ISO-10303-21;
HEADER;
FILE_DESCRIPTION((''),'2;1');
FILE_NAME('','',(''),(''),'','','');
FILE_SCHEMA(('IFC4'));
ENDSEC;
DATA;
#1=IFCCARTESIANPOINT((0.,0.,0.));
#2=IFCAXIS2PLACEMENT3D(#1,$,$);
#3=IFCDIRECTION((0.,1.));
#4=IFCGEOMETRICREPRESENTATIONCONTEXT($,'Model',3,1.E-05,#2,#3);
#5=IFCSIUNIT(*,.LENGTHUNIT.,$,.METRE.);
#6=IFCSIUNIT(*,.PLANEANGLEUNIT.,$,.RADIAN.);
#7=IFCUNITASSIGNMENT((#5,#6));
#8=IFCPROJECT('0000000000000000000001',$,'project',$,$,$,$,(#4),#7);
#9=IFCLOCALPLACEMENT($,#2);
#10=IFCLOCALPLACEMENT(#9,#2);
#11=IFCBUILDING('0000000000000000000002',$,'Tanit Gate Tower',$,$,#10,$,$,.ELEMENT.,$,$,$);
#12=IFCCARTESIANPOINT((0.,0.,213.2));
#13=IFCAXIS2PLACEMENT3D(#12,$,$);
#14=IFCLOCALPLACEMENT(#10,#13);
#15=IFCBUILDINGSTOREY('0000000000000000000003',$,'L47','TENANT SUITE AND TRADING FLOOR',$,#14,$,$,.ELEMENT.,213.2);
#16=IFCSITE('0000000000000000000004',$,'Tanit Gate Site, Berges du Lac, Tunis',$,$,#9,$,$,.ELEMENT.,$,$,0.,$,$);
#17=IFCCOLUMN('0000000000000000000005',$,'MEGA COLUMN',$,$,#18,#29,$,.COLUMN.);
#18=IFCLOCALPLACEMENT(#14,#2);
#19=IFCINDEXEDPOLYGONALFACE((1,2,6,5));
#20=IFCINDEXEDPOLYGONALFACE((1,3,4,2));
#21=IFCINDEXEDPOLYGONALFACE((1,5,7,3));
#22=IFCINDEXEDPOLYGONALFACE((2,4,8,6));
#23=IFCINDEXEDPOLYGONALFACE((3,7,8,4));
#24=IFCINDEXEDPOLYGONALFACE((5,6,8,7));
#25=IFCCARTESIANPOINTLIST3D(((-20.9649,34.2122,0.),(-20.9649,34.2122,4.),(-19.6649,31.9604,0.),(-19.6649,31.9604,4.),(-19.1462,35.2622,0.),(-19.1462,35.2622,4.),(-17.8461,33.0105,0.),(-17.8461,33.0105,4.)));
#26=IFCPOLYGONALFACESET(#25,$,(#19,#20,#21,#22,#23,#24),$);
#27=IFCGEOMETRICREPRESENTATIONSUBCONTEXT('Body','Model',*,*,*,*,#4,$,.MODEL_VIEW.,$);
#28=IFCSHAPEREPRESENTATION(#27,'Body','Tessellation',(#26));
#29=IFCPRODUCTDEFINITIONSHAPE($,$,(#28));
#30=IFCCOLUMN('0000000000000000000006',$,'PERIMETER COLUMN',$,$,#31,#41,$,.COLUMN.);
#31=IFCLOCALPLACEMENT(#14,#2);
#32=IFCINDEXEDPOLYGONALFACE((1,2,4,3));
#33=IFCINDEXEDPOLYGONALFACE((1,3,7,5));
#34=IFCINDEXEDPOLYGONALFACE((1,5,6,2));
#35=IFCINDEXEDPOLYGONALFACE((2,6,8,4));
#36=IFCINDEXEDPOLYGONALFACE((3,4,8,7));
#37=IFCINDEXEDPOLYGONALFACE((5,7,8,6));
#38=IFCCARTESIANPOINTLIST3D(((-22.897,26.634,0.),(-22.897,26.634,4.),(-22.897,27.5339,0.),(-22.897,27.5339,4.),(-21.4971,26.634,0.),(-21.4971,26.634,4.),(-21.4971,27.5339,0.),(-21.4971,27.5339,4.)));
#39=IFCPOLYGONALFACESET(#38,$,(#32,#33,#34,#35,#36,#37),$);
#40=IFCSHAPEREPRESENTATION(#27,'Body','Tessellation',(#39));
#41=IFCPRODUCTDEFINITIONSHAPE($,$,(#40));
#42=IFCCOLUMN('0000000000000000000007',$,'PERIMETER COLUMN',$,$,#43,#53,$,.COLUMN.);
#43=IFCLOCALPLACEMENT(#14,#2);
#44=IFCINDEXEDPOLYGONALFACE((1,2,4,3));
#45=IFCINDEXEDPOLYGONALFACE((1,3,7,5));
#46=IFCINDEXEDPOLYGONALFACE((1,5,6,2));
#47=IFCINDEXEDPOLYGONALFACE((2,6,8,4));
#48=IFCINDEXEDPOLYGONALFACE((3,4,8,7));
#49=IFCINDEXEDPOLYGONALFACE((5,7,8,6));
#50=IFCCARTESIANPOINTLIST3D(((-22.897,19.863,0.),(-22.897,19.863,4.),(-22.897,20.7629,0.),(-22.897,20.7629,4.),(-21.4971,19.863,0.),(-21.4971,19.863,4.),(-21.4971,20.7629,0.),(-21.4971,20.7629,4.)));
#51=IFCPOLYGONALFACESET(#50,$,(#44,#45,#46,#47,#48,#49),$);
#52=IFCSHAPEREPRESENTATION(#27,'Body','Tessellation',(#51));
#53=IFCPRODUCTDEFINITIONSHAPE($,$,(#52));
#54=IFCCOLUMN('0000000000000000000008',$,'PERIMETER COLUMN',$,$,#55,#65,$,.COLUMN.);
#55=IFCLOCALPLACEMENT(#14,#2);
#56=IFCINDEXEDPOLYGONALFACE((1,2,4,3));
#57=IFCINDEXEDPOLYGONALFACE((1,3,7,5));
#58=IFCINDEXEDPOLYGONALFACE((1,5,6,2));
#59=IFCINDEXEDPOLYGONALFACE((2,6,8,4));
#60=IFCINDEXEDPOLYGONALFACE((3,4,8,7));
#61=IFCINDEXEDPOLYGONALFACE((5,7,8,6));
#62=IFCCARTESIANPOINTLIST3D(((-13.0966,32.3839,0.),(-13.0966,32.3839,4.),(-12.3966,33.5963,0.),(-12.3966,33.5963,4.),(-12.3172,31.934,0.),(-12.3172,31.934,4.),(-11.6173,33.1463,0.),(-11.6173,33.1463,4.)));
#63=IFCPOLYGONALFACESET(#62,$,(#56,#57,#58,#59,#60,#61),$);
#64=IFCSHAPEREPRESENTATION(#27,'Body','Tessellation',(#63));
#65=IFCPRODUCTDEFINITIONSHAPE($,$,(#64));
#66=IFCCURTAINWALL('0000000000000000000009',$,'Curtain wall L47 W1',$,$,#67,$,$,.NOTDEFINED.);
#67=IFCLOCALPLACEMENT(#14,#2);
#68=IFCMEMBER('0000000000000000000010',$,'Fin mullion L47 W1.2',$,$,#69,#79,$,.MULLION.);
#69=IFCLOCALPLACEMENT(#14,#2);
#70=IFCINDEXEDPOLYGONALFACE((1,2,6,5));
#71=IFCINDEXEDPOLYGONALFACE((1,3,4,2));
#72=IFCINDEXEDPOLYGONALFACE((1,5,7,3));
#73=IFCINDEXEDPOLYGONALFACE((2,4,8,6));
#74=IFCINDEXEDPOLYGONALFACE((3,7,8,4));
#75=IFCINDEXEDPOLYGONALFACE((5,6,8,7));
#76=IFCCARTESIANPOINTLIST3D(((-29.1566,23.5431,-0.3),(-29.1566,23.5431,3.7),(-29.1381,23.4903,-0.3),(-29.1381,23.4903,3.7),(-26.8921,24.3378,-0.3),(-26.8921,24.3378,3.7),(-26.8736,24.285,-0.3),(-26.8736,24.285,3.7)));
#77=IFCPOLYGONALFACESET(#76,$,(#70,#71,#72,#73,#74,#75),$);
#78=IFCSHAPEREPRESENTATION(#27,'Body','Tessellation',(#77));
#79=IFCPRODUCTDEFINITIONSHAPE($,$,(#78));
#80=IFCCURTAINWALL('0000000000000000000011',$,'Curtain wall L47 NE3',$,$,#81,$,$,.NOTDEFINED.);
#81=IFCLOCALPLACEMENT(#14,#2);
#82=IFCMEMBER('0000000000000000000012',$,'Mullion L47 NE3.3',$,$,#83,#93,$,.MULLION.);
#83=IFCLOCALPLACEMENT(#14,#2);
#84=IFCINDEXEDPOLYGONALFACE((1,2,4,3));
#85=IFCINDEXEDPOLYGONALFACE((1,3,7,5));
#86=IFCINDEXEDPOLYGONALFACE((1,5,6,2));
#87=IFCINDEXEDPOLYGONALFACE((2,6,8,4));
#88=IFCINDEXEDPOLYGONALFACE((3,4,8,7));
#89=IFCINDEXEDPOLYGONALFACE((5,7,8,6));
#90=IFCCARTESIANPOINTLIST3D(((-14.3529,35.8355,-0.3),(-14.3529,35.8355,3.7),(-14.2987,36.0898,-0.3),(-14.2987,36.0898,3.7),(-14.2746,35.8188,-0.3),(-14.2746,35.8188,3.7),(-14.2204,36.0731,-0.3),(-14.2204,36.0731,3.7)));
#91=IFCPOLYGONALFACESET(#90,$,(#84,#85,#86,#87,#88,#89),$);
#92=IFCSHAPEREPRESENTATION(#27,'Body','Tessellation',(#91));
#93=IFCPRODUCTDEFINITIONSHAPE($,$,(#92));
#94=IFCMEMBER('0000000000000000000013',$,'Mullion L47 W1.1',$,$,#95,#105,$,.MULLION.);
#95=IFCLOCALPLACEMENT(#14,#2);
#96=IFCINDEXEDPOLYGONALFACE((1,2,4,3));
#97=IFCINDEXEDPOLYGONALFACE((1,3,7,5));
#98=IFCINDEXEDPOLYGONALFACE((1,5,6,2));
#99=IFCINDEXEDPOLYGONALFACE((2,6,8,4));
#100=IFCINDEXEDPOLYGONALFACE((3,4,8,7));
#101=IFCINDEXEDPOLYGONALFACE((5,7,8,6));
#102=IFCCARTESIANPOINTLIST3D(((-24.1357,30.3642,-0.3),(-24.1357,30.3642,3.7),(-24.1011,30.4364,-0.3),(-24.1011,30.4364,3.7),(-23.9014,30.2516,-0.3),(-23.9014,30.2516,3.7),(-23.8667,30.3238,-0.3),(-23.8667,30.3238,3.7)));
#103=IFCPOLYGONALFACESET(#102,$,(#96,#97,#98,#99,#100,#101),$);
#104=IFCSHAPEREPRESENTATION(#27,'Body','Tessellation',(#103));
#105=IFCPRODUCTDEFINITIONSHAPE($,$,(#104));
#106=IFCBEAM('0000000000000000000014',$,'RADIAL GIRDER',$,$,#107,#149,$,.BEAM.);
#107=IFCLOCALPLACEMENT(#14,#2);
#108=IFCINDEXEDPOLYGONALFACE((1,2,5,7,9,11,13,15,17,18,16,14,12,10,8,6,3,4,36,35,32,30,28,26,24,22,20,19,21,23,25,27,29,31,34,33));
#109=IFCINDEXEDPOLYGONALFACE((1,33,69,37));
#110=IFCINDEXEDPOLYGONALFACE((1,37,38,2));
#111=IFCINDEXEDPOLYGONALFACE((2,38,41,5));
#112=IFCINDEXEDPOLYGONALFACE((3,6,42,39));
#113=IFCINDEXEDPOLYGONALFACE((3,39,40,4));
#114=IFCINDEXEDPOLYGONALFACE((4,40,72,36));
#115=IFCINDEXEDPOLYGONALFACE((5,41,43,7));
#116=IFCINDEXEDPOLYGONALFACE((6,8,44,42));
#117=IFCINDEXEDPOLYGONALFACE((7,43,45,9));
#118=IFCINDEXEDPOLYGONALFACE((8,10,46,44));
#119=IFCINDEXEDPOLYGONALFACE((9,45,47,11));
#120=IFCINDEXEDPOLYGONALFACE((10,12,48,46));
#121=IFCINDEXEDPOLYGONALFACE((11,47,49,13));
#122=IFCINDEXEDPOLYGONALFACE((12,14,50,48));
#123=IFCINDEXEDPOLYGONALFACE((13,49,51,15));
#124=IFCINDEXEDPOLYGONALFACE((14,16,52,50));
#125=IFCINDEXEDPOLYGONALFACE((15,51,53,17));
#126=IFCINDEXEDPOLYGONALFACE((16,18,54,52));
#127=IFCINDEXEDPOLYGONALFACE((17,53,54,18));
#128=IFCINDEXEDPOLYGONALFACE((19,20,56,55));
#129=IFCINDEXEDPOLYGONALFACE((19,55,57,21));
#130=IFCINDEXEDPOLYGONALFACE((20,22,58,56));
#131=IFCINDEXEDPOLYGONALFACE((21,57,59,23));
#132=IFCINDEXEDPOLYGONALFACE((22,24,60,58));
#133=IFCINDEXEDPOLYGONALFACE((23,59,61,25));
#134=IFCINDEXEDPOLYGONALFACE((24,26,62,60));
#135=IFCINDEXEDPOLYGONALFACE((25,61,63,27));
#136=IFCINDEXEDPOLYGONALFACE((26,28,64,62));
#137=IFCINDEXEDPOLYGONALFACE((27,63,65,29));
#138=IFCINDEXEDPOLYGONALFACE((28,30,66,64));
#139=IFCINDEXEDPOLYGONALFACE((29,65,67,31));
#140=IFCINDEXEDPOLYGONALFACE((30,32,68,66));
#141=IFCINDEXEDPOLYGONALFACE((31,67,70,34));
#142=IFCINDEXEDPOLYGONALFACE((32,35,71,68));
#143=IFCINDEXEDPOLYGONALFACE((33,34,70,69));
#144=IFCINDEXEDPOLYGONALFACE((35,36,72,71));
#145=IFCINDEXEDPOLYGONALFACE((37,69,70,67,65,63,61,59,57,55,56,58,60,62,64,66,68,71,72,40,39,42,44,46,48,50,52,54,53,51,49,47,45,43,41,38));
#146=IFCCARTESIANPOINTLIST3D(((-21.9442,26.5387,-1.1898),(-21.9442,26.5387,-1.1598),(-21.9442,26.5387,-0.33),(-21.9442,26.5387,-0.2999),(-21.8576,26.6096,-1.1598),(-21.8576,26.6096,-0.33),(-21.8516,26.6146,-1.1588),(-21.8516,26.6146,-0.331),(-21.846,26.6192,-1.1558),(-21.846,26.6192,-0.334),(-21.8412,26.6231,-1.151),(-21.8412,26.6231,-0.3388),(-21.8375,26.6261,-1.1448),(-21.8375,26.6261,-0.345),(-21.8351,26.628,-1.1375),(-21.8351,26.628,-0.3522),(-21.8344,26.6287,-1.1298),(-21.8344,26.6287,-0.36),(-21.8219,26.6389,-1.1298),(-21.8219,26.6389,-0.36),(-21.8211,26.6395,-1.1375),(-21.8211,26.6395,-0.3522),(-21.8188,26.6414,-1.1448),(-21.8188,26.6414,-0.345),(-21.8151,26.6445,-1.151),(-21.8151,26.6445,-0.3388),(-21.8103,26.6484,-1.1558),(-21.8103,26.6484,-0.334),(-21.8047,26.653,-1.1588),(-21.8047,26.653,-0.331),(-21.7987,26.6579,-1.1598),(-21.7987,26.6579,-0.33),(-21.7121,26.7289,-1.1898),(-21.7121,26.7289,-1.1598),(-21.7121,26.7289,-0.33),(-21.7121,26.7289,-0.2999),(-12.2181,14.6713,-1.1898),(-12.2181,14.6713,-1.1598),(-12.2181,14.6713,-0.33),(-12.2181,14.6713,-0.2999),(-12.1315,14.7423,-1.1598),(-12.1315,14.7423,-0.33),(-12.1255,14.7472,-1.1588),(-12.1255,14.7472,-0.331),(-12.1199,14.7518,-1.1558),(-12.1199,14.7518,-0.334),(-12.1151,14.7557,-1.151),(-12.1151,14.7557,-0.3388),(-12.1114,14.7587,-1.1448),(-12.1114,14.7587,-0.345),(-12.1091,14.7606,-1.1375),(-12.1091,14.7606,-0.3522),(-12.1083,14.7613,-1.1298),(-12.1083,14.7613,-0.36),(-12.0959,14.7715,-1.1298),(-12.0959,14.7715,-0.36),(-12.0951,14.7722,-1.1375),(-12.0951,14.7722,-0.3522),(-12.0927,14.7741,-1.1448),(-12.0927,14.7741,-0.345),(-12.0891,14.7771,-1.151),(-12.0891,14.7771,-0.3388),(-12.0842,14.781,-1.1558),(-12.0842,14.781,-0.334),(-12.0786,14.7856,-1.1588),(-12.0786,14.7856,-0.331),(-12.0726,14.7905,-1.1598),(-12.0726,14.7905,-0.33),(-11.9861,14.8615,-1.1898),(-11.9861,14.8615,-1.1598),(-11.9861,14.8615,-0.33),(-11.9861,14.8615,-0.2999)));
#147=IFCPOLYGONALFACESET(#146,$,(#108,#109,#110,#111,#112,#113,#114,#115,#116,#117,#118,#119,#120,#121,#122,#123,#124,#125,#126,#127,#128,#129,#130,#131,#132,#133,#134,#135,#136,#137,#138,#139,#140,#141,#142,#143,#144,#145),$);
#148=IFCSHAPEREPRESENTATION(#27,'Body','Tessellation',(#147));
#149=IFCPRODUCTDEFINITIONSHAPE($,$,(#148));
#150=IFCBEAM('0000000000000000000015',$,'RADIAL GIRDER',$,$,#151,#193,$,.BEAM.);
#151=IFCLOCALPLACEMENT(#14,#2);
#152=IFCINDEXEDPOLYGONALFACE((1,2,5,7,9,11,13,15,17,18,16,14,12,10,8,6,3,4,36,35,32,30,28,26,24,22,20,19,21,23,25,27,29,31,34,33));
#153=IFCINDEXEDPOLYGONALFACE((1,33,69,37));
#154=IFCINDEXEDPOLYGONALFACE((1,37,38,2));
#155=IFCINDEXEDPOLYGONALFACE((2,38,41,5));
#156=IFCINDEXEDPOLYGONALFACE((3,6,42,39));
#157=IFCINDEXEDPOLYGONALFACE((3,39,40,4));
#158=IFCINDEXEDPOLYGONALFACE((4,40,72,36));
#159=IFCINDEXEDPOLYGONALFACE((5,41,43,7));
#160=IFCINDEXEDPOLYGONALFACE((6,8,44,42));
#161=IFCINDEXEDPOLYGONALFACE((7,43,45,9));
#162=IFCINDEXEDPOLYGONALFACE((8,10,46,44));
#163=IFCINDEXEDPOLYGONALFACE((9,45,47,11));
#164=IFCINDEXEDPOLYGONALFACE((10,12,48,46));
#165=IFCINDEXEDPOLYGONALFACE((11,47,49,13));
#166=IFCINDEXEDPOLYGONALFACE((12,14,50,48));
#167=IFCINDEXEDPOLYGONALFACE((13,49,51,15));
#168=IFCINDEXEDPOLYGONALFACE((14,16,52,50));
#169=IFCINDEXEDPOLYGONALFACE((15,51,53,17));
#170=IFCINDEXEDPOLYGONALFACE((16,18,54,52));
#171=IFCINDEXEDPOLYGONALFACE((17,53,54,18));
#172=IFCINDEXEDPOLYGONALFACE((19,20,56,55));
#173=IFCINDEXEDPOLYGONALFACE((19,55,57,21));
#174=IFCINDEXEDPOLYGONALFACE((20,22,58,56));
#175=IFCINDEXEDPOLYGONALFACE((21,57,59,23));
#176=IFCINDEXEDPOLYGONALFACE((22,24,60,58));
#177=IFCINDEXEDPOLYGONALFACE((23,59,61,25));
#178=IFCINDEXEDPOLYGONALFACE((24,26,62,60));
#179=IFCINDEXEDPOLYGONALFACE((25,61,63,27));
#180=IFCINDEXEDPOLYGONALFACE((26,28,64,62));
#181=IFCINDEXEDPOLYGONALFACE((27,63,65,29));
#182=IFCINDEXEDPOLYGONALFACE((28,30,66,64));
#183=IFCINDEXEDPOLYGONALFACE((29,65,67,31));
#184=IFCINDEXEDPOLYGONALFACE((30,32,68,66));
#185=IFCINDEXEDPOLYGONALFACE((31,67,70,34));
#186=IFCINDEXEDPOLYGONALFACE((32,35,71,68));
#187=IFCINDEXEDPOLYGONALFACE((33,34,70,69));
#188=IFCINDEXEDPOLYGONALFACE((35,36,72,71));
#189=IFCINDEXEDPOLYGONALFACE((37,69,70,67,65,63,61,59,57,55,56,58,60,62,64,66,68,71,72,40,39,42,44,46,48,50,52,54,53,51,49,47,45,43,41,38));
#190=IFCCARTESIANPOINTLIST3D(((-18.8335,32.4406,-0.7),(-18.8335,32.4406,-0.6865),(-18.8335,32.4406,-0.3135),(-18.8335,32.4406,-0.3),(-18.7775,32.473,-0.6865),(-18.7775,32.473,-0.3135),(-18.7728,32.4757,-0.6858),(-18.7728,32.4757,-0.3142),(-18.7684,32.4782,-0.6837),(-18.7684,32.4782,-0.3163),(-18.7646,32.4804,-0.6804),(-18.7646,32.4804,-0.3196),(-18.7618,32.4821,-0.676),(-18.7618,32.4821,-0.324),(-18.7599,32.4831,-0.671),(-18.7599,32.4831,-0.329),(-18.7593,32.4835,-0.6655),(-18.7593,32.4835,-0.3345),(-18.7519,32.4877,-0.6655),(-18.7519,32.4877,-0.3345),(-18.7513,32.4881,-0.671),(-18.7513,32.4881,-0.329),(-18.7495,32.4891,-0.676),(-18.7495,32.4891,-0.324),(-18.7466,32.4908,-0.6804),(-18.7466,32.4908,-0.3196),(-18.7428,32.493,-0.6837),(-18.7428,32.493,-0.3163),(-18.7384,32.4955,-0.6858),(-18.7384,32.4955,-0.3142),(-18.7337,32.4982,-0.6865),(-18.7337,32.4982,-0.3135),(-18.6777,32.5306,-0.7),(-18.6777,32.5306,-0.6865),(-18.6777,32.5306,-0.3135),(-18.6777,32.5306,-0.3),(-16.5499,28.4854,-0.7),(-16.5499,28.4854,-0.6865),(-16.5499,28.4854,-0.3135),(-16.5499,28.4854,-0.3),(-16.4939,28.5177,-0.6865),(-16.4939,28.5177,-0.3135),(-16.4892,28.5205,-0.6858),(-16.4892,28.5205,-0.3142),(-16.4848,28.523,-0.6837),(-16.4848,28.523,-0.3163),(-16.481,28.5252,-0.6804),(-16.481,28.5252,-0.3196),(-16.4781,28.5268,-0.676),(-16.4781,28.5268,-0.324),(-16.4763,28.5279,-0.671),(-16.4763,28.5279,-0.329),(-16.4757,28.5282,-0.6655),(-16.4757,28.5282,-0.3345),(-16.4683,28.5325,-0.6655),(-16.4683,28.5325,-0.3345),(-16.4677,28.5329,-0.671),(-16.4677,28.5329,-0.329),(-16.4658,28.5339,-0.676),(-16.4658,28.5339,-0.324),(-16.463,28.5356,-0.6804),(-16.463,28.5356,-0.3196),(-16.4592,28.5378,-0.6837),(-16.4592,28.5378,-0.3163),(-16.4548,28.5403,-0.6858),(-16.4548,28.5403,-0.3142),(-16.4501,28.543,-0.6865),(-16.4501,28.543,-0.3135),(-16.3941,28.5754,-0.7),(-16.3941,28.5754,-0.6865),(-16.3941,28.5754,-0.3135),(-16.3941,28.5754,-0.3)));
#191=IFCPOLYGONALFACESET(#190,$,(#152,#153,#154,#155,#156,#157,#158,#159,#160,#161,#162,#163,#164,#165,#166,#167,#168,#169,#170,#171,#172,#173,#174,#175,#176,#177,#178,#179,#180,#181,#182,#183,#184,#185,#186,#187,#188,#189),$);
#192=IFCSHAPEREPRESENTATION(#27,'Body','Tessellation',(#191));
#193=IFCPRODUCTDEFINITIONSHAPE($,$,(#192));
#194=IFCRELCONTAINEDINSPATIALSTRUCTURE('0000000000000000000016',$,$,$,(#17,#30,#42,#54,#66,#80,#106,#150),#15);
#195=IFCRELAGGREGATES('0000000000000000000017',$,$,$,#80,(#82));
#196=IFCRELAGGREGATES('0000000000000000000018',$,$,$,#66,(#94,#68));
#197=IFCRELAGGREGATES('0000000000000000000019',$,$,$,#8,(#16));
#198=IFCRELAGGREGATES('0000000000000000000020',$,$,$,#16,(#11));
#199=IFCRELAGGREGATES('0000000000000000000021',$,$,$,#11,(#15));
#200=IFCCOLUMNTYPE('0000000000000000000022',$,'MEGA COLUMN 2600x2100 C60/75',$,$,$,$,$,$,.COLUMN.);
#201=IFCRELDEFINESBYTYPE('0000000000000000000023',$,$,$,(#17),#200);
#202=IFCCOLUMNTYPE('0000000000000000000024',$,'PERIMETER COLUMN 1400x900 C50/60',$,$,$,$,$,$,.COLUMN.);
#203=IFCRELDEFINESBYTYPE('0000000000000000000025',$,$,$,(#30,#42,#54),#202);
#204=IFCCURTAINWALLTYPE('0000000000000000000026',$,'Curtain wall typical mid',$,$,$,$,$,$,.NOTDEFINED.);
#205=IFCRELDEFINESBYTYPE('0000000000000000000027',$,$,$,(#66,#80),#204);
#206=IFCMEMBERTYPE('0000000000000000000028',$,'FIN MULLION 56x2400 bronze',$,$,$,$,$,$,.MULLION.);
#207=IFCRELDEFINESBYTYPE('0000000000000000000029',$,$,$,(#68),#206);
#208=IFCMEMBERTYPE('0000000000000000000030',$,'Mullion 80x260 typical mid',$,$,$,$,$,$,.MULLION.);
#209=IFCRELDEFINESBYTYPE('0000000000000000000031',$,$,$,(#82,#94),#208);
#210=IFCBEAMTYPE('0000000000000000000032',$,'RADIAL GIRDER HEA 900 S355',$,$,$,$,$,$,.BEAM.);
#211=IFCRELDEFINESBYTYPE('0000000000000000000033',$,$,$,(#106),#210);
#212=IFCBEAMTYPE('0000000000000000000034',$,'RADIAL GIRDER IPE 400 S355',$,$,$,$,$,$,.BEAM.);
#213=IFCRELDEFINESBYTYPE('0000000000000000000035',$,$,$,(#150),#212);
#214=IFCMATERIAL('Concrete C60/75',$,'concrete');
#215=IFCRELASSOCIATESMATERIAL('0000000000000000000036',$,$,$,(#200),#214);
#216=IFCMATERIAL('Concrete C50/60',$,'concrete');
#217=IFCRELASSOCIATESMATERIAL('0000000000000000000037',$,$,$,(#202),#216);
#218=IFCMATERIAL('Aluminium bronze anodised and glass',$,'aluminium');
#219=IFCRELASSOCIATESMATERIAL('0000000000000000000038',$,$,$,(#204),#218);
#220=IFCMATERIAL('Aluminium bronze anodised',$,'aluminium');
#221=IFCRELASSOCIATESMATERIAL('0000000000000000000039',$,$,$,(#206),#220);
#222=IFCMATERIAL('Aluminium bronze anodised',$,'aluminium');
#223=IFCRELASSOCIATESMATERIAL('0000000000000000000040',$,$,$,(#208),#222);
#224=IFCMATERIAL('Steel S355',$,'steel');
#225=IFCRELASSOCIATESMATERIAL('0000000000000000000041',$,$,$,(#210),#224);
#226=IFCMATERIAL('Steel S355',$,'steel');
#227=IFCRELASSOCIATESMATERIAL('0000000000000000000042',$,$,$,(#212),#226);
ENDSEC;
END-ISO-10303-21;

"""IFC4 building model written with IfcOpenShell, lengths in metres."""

from ifc_helpers import new_model, si_unit, direction, frame, origin, origin_2d, place, context, subcontext, project, spatial, rectangle, i_section, extrude, material, material_profile, profile_set, type_object, element, aggregate, save


model = new_model("IFC4")

# Units and contexts
model_context = context("Model", 3, precision=1e-05, world=origin(), true_north=direction((0.0, 1.0)))
body_context = subcontext(model_context, "Body", "Model", "MODEL_VIEW")
ifc_project = project(units=[si_unit("LENGTHUNIT", "METRE"), si_unit("PLANEANGLEUNIT", "RADIAN")], contexts=[model_context])

# Site, building, storey
site_placement = place(None, origin())
site = spatial("IfcSite", under=ifc_project, at=site_placement, Name="Tanit Gate Site, Berges du Lac, Tunis", CompositionType="ELEMENT", RefElevation=0.0)
building_placement = place(site_placement, origin())
building = spatial("IfcBuilding", under=site, at=building_placement, Name="Tanit Gate Tower", CompositionType="ELEMENT")
storey_placement = place(building_placement, frame((0.0, 0.0, 213.2)))
storey = spatial("IfcBuildingStorey", under=building, at=storey_placement, Name="L47", Description="TENANT SUITE AND TRADING FLOOR", CompositionType="ELEMENT", Elevation=213.2)

# Columns
ifc_material_1 = material(Name="Concrete C60/75", Category="concrete")
ifc_material_profile_1 = material_profile(ifc_material_1, rectangle(XDim=2.6001, YDim=2.1001, at=origin_2d()), Name="RC 2600x2100")
ifc_profile_set_1 = profile_set([ifc_material_profile_1], Name="Concrete C60/75")
column_type_1 = type_object("IfcColumnType", Name="MEGA COLUMN 2600x2100 C60/75", PredefinedType="COLUMN", material=ifc_profile_set_1)
column_placement = place(storey_placement, frame((-19.4055, 33.6113, 0.0), z_axis=(0.0, 0.0, 1.0), x_axis=(-0.5, 0.866025, 0.0)))
element("IfcColumn", 1, at=column_placement, inside=storey, type_object=column_type_1, Name="MEGA COLUMN", PredefinedType="COLUMN", context=body_context, shape_type="SweptSolid", body=[
    extrude(rectangle(XDim=2.6001, YDim=2.1001, at=origin_2d()), origin(), (0.0, 0.0, 1.0), 4.0),
])
ifc_material_2 = material(Name="Concrete C50/60", Category="concrete")
ifc_material_profile_2 = material_profile(ifc_material_2, rectangle(XDim=1.3999, YDim=0.8999, at=origin_2d()), Name="RC 1400x900")
ifc_profile_set_2 = profile_set([ifc_material_profile_2], Name="Concrete C50/60")
column_type_2 = type_object("IfcColumnType", Name="PERIMETER COLUMN 1400x900 C50/60", PredefinedType="COLUMN", material=ifc_profile_set_2)
for number, where, z_axis, x_axis, name in (
    (2, (-22.197, 27.084, 0.0), (0.0, 0.0, 1.0), (-1.0, 0.0, 0.0), "PERIMETER COLUMN"),
    (3, (-22.197, 20.313, 0.0), (0.0, 0.0, 1.0), (-1.0, 0.0, 0.0), "PERIMETER COLUMN"),
    (4, (-12.3569, 32.7651, 0.0), (0.0, 0.0, 1.0), (0.5, 0.866025, 0.0), "PERIMETER COLUMN"),
):
    element("IfcColumn", number, at=place(storey_placement, frame(where, z_axis=z_axis, x_axis=x_axis)), inside=storey, type_object=column_type_2, Name=name, PredefinedType="COLUMN", context=body_context, shape_type="SweptSolid", body=[
        extrude(rectangle(XDim=1.3999, YDim=0.8999, at=origin_2d()), origin(), (0.0, 0.0, 1.0), 4.0),
    ])

# Curtain walls, members
ifc_material_3 = material(Name="Aluminium bronze anodised and glass", Category="aluminium")
curtain_wall_type = type_object("IfcCurtainWallType", Name="Curtain wall typical mid", PredefinedType="NOTDEFINED", material=ifc_material_3)
curtain_wall_1_placement = place(storey_placement, origin())
curtain_wall_1 = element("IfcCurtainWall", 5, at=curtain_wall_1_placement, inside=storey, type_object=curtain_wall_type, Name="Curtain wall L47 W1", PredefinedType="NOTDEFINED")
ifc_material_4 = material(Name="Aluminium bronze anodised", Category="aluminium")
ifc_material_profile_3 = material_profile(ifc_material_4, rectangle(XDim=2.3999, YDim=0.0559, at=origin_2d()), Name="56x2400 bronze fin mullion")
ifc_profile_set_3 = profile_set([ifc_material_profile_3], Name="Aluminium bronze anodised")
member_type_1 = type_object("IfcMemberType", Name="FIN MULLION 56x2400 bronze", PredefinedType="MULLION", material=ifc_profile_set_3)
member_1_placement = place(storey_placement, frame((-28.0151, 23.9141, -0.3), z_axis=(0.0, 0.0, 1.0), x_axis=(0.94358, 0.331145, 0.0)))
member_1 = element("IfcMember", 6, at=member_1_placement, type_object=member_type_1, Name="Fin mullion L47 W1.2", PredefinedType="MULLION", context=body_context, shape_type="SweptSolid", body=[
    extrude(rectangle(XDim=2.3999, YDim=0.0559, at=origin_2d()), origin(), (0.0, 0.0, 1.0), 4.0),
])
curtain_wall_2_placement = place(storey_placement, origin())
curtain_wall_2 = element("IfcCurtainWall", 7, at=curtain_wall_2_placement, inside=storey, type_object=curtain_wall_type, Name="Curtain wall L47 NE3", PredefinedType="NOTDEFINED")
ifc_material_5 = material(Name="Aluminium bronze anodised", Category="aluminium")
ifc_material_profile_4 = material_profile(ifc_material_5, rectangle(XDim=0.26, YDim=0.0801, at=origin_2d()), Name="80x260 bronze mullion")
ifc_profile_set_4 = profile_set([ifc_material_profile_4], Name="Aluminium bronze anodised")
member_type_2 = type_object("IfcMemberType", Name="Mullion 80x260 typical mid", PredefinedType="MULLION", material=ifc_profile_set_4)
member_2_placement = place(storey_placement, frame((-14.2866, 35.9543, -0.3), z_axis=(0.0, 0.0, 1.0), x_axis=(-0.208527, -0.978017, 0.0)))
member_2 = element("IfcMember", 8, at=member_2_placement, type_object=member_type_2, Name="Mullion L47 NE3.3", PredefinedType="MULLION", context=body_context, shape_type="SweptSolid", body=[
    extrude(rectangle(XDim=0.26, YDim=0.0801, at=origin_2d()), origin(), (0.0, 0.0, 1.0), 4.0),
])
aggregate(curtain_wall_2, [member_2])

# Member
member_3_placement = place(storey_placement, frame((-24.0012, 30.344, -0.3), z_axis=(0.0, 0.0, 1.0), x_axis=(0.901367, -0.433057, 0.0)))
member_3 = element("IfcMember", 9, at=member_3_placement, type_object=member_type_2, Name="Mullion L47 W1.1", PredefinedType="MULLION", context=body_context, shape_type="SweptSolid", body=[
    extrude(rectangle(XDim=0.26, YDim=0.0801, at=origin_2d()), origin(), (0.0, 0.0, 1.0), 4.0),
])

# Beams
ifc_material_6 = material(Name="Steel S355", Category="steel")
ifc_material_profile_5 = material_profile(ifc_material_6, i_section(OverallWidth=0.3, OverallDepth=0.8899, WebThickness=0.0161, FlangeThickness=0.03, FilletRadius=0.03, at=origin_2d()), Name="HEA 900")
ifc_profile_set_5 = profile_set([ifc_material_profile_5], Name="Steel S355")
beam_type_1 = type_object("IfcBeamType", Name="RADIAL GIRDER HEA 900 S355", PredefinedType="BEAM", material=ifc_profile_set_5)
beam_1_placement = place(storey_placement, frame((-21.8281, 26.6338, -0.7449), z_axis=(0.633876, -0.773435, 0.0), x_axis=(0.773435, 0.633876, 0.0)))
element("IfcBeam", 10, at=beam_1_placement, inside=storey, type_object=beam_type_1, Name="RADIAL GIRDER", PredefinedType="BEAM", context=body_context, shape_type="SweptSolid", body=[
    extrude(i_section(OverallWidth=0.3, OverallDepth=0.8899, WebThickness=0.0161, FlangeThickness=0.03, FilletRadius=0.03, at=origin_2d()), origin(), (0.0, 0.0, 1.0), 15.3438),
])
ifc_material_7 = material(Name="Steel S355", Category="steel")
ifc_material_profile_6 = material_profile(ifc_material_7, i_section(OverallWidth=0.1799, OverallDepth=0.3999, WebThickness=0.0085, FlangeThickness=0.0134, FilletRadius=0.021, at=origin_2d()), Name="IPE 400")
ifc_profile_set_6 = profile_set([ifc_material_profile_6], Name="Steel S355")
beam_type_2 = type_object("IfcBeamType", Name="RADIAL GIRDER IPE 400 S355", PredefinedType="BEAM", material=ifc_profile_set_6)
beam_2_placement = place(storey_placement, frame((-18.7556, 32.4856, -0.5), z_axis=(0.500014, -0.866017, 0.0), x_axis=(0.866017, 0.500014, 0.0)))
element("IfcBeam", 11, at=beam_2_placement, inside=storey, type_object=beam_type_2, Name="RADIAL GIRDER", PredefinedType="BEAM", context=body_context, shape_type="SweptSolid", body=[
    extrude(i_section(OverallWidth=0.1799, OverallDepth=0.3999, WebThickness=0.0085, FlangeThickness=0.0134, FilletRadius=0.021, at=origin_2d()), origin(), (0.0, 0.0, 1.0), 4.5671),
])

aggregate(curtain_wall_1, [member_3, member_1])

save(model, "model.ifc")
